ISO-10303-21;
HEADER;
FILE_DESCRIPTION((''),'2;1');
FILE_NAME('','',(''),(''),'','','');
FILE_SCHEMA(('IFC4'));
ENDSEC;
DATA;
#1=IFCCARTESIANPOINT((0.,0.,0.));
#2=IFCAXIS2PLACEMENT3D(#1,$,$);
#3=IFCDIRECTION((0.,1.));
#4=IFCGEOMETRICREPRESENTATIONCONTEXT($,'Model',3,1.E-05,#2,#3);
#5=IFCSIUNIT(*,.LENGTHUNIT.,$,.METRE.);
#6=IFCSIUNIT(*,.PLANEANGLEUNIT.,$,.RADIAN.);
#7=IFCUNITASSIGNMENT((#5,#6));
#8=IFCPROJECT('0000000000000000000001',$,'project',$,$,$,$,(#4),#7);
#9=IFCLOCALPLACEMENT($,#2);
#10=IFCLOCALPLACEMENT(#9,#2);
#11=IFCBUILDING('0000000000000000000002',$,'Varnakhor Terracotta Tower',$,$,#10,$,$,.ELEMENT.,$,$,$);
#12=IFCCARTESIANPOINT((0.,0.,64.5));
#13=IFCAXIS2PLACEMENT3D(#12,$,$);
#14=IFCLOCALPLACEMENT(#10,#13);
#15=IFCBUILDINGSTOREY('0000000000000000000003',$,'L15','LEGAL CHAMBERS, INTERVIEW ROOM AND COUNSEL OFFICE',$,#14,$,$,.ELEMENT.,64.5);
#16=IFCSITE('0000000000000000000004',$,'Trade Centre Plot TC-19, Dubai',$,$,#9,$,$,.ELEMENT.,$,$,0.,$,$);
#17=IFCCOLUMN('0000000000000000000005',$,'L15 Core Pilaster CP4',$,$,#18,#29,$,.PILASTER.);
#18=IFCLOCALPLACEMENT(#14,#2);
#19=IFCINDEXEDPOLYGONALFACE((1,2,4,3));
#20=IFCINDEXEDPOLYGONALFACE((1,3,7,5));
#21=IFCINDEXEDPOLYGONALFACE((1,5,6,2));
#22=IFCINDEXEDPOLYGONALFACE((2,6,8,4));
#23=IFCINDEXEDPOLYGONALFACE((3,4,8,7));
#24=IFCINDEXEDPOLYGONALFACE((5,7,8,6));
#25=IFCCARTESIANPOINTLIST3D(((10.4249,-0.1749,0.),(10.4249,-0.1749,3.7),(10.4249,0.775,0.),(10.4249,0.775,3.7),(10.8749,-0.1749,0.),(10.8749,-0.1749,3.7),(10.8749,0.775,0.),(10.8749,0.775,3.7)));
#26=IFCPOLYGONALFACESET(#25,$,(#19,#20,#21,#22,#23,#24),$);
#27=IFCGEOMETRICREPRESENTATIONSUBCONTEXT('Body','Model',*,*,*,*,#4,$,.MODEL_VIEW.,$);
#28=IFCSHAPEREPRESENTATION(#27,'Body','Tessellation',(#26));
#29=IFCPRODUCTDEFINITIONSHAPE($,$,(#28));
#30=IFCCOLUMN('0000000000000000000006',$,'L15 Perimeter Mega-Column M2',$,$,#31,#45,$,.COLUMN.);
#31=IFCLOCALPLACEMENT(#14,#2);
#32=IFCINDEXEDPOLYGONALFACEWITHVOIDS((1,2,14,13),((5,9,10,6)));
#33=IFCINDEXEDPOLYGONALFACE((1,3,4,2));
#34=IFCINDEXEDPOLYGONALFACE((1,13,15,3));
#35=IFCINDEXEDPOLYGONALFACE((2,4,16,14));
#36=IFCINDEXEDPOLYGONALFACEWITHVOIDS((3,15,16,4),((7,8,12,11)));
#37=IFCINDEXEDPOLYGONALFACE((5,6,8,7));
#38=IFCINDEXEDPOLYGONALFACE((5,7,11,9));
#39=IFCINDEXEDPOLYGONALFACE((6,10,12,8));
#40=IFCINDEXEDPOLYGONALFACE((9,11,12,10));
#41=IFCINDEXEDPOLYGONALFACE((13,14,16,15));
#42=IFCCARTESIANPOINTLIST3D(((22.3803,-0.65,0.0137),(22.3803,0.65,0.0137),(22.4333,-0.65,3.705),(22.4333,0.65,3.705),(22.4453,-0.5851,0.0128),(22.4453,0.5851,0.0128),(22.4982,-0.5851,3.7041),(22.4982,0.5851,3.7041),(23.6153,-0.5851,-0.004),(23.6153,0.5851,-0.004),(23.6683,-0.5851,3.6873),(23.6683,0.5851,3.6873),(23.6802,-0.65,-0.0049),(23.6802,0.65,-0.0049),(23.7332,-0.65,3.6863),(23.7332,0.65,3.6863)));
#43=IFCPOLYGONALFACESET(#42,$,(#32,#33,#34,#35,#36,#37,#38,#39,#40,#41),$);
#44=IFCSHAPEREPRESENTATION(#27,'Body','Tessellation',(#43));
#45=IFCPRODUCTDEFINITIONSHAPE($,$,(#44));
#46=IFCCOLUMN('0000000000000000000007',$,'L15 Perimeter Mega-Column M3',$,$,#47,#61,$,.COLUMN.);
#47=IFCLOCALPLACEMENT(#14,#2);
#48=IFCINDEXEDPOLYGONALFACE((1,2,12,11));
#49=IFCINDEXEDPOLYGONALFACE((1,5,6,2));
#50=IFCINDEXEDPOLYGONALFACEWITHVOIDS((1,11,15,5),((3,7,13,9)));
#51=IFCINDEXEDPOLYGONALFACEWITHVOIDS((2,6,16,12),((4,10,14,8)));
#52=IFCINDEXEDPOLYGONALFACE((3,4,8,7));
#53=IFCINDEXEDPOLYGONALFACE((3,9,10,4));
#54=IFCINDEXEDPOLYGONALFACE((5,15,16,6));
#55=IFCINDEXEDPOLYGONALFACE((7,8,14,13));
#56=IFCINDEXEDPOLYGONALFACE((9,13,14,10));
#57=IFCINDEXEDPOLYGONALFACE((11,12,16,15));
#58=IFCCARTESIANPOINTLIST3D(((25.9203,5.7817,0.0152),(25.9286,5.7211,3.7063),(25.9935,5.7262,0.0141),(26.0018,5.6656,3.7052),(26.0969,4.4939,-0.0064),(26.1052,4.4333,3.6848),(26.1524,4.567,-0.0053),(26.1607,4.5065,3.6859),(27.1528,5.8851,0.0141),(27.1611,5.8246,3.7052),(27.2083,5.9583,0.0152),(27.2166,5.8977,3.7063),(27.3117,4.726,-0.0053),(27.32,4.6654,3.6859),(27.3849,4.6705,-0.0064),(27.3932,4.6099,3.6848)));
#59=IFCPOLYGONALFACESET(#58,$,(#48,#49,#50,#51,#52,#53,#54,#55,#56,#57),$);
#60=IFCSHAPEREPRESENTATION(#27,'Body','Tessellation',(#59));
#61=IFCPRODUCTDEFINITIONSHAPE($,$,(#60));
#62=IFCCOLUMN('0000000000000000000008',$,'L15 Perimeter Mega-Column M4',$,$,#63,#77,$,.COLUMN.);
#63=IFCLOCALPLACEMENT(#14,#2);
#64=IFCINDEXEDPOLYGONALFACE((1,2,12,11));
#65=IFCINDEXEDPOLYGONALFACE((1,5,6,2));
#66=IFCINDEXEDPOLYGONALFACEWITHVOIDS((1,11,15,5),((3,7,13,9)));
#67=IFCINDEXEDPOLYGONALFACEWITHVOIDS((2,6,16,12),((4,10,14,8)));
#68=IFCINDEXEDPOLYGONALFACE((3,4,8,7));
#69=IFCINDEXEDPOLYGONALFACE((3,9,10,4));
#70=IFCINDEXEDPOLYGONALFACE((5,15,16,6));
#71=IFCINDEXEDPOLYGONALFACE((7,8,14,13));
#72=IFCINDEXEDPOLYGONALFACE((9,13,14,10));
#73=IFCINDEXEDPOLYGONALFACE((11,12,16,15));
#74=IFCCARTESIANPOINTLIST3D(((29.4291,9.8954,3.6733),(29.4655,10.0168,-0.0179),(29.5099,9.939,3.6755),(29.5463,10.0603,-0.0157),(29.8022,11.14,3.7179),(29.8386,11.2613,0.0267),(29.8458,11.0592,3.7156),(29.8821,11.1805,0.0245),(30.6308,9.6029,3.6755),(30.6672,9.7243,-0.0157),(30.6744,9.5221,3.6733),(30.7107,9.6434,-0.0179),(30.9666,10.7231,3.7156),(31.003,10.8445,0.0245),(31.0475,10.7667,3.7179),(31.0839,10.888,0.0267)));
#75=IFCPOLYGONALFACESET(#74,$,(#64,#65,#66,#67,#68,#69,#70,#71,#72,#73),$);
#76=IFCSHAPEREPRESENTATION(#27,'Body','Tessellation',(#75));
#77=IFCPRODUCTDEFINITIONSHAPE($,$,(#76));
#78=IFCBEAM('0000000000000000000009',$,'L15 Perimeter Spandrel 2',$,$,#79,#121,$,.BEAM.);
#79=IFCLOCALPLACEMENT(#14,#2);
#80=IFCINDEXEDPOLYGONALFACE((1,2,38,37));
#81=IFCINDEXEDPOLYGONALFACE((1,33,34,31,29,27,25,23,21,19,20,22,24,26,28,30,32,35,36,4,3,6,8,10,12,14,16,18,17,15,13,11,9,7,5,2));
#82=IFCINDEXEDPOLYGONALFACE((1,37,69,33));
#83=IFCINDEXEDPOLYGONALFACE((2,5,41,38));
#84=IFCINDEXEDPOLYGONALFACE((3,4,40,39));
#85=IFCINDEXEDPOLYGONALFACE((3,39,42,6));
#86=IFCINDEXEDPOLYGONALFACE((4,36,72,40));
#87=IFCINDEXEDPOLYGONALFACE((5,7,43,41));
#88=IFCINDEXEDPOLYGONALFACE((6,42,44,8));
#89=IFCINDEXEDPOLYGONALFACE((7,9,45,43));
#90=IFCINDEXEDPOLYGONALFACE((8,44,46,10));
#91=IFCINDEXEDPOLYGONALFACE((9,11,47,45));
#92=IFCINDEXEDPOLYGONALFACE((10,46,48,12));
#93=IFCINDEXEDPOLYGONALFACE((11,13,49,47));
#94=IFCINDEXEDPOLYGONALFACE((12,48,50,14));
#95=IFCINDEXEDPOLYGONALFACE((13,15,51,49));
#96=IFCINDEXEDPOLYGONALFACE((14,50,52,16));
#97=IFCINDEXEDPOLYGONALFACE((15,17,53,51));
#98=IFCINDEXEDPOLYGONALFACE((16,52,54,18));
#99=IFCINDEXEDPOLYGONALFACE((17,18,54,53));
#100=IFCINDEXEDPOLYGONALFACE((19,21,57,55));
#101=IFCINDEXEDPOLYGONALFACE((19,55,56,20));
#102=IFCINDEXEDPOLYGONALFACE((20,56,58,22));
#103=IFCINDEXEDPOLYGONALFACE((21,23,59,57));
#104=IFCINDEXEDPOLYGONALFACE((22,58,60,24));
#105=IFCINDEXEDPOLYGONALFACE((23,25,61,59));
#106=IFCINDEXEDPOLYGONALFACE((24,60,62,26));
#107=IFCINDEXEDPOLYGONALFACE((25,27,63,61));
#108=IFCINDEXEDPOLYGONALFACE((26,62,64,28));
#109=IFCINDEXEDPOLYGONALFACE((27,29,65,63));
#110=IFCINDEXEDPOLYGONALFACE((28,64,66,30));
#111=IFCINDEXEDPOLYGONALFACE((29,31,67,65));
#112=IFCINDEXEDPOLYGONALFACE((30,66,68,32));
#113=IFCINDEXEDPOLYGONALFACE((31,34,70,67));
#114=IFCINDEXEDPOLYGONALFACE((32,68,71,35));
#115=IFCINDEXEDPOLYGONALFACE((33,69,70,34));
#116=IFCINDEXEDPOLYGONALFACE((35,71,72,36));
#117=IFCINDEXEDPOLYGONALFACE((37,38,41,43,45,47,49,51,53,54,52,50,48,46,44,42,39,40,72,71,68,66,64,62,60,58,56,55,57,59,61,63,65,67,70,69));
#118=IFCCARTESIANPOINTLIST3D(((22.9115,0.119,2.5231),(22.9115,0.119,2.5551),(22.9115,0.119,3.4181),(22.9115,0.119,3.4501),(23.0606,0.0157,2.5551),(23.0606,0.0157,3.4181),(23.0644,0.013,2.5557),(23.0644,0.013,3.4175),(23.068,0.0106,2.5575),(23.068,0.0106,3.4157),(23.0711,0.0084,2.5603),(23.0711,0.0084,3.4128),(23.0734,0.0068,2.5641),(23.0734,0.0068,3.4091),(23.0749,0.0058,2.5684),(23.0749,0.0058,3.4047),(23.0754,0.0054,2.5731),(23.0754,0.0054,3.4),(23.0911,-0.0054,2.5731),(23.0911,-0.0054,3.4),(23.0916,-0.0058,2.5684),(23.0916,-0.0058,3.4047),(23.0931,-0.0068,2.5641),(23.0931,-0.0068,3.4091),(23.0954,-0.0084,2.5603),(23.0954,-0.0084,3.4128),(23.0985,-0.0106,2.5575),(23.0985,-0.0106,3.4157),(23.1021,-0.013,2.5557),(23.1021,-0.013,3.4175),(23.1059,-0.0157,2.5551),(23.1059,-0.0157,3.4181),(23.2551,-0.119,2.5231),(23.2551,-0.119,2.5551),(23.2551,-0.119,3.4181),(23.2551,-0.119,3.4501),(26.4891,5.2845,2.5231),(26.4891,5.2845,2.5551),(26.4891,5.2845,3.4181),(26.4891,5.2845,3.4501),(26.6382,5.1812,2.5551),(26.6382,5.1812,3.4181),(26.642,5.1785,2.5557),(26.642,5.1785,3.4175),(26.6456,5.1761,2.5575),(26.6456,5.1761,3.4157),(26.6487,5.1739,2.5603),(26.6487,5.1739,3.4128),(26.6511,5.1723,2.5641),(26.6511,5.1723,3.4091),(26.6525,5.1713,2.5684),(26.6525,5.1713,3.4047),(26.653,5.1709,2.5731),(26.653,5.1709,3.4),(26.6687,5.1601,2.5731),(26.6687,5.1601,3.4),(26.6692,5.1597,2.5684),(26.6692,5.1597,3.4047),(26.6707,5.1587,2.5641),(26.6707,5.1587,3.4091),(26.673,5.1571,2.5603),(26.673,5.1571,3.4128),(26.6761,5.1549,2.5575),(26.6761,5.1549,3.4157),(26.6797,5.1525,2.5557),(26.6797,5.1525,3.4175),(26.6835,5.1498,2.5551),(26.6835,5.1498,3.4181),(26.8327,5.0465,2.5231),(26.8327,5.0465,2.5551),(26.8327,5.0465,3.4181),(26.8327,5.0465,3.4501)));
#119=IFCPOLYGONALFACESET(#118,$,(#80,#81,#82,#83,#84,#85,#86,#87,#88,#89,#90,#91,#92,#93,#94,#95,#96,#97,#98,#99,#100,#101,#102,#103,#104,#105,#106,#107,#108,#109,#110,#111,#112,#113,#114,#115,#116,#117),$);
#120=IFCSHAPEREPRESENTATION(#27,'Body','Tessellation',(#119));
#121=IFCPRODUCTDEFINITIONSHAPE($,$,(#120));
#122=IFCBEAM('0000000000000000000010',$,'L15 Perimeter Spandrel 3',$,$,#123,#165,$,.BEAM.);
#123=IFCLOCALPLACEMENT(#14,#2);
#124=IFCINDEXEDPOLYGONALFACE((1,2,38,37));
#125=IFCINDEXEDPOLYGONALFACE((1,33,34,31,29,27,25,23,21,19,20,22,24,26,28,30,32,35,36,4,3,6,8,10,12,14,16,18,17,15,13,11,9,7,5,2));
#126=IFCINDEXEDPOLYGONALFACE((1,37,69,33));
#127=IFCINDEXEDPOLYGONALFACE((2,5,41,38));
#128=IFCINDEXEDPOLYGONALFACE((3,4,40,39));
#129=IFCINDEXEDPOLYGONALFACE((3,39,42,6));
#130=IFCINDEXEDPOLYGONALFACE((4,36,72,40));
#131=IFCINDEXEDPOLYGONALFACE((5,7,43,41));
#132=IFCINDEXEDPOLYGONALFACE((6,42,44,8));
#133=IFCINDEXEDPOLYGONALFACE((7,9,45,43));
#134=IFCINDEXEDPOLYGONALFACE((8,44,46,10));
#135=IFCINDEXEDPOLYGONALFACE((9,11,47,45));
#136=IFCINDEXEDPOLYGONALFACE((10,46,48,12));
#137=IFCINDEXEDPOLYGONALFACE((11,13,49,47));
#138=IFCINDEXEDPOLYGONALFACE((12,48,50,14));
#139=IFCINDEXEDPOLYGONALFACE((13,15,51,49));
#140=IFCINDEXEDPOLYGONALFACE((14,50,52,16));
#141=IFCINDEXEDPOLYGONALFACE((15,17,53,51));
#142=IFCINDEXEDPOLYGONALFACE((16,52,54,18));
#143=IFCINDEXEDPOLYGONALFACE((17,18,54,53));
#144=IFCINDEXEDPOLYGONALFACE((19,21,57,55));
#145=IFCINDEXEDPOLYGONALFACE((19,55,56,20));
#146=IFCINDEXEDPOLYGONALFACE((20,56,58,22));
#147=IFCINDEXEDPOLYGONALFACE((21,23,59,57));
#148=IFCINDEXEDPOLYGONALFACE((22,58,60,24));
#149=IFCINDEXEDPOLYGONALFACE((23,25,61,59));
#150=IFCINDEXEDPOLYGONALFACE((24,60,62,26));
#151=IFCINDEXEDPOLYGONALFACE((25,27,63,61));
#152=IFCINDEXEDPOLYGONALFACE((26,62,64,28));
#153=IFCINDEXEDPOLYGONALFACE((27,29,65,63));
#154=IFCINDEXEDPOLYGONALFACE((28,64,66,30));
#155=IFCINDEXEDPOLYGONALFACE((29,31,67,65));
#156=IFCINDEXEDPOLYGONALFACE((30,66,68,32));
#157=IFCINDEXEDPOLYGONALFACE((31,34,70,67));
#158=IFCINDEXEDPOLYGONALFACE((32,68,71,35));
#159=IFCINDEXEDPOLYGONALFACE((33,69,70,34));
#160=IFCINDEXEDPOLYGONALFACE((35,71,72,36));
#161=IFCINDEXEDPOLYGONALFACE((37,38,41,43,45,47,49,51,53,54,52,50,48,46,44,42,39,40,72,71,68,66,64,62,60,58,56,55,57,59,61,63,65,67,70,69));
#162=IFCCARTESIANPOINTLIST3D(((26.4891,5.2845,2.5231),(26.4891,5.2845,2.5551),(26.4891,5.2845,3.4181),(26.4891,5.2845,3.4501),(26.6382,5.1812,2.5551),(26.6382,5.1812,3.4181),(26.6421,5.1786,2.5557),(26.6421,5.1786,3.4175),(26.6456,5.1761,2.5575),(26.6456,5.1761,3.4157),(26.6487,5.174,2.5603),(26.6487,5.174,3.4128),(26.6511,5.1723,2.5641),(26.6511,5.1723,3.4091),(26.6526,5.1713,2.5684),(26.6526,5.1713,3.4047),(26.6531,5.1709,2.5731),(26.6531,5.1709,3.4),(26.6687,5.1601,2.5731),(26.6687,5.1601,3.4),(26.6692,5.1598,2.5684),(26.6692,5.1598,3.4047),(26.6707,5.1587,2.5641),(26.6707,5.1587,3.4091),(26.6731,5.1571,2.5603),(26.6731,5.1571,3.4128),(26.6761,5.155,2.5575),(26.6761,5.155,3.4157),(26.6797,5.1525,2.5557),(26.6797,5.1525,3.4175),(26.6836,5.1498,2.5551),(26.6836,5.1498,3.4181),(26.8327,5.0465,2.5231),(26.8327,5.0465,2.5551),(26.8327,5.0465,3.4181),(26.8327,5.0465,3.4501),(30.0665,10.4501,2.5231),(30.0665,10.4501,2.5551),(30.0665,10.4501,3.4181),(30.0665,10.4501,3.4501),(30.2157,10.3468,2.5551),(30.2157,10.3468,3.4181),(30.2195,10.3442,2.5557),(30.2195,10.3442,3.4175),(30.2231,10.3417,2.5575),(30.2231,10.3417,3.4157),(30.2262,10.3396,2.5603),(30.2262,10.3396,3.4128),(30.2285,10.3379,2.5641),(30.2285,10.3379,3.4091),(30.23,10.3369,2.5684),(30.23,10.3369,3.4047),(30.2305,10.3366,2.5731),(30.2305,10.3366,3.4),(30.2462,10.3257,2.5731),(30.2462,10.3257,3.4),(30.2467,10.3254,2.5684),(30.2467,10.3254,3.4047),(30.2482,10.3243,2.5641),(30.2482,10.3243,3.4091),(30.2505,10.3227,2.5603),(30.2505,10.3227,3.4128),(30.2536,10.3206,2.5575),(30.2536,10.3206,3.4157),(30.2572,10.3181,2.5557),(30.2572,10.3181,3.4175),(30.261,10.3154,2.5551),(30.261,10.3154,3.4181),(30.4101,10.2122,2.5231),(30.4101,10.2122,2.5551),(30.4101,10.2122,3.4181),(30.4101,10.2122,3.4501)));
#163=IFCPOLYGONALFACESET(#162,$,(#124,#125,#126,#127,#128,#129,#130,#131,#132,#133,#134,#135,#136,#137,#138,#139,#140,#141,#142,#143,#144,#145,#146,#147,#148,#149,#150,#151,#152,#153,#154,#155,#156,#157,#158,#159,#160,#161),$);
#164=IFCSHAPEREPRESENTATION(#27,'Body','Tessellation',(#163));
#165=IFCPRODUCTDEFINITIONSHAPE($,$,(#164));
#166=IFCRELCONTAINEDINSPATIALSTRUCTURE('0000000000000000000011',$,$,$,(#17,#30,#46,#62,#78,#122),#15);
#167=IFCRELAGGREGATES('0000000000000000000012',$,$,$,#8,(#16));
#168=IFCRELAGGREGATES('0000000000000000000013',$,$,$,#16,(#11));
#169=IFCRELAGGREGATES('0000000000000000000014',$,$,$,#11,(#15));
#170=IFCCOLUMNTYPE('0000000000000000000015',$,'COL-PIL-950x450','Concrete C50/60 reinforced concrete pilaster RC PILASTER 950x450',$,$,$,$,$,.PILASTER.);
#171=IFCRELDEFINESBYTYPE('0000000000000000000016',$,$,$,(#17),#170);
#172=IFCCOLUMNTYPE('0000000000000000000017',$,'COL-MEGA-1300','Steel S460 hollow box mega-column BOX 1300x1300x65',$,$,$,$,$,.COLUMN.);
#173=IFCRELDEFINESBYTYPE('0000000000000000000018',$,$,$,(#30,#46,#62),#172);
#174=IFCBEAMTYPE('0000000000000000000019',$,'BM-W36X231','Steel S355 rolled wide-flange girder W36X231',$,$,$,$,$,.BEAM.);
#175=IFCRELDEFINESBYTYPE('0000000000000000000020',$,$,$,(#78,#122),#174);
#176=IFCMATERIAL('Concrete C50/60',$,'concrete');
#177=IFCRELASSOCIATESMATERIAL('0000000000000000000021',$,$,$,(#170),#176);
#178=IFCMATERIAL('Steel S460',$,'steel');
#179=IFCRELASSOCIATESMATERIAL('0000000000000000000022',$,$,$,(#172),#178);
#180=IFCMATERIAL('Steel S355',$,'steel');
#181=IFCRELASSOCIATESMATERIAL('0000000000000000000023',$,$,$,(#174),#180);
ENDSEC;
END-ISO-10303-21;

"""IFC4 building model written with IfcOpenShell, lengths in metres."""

from ifc_helpers import new_model, si_unit, direction, frame, origin, origin_2d, place, context, subcontext, project, spatial, rectangle, hollow_rectangle, i_section, extrude, source, transform, mapped, material, material_profile, profile_set, type_object, element, save


model = new_model("IFC4")

# Units and contexts
model_context = context("Model", 3, precision=1e-05, world=origin(), true_north=direction((0.0, 1.0)))
body_context = subcontext(model_context, "Body", "Model", "MODEL_VIEW")
ifc_project = project(units=[si_unit("LENGTHUNIT", "METRE"), si_unit("PLANEANGLEUNIT", "RADIAN")], contexts=[model_context])

# Site, building, storey
site_placement = place(None, origin())
site = spatial("IfcSite", under=ifc_project, at=site_placement, Name="Trade Centre Plot TC-19, Dubai", CompositionType="ELEMENT", RefElevation=0.0)
building_placement = place(site_placement, origin())
building = spatial("IfcBuilding", under=site, at=building_placement, Name="Varnakhor Terracotta Tower", CompositionType="ELEMENT")
storey_placement = place(building_placement, frame((0.0, 0.0, 64.5)))
storey = spatial("IfcBuildingStorey", under=building, at=storey_placement, Name="L15", Description="LEGAL CHAMBERS, INTERVIEW ROOM AND COUNSEL OFFICE", CompositionType="ELEMENT", Elevation=64.5)

# Columns
ifc_material_1 = material(Name="Concrete C50/60", Category="concrete")
ifc_material_profile_1 = material_profile(ifc_material_1, rectangle(XDim=0.45, YDim=0.95, at=origin_2d()), Name="RC PILASTER 950x450")
ifc_profile_set_1 = profile_set([ifc_material_profile_1], Name="Concrete C50/60")
column_type_1 = type_object("IfcColumnType", Name="COL-PIL-950x450", Description="Concrete C50/60 reinforced concrete pilaster RC PILASTER 950x450", PredefinedType="PILASTER", material=ifc_profile_set_1)
shared_shape_1 = source(origin(), body_context, "Body", "SweptSolid", [
    extrude(rectangle(XDim=0.45, YDim=0.95, at=origin_2d()), origin(), (0.0, 0.0, 1.0), 3.7),
])
column_1_placement = place(storey_placement, frame((10.6499, 0.3, 0.0), z_axis=(0.0, 0.0, 1.0), x_axis=(1.0, 0.0, 0.0)))
element("IfcColumn", 1, at=column_1_placement, inside=storey, type_object=column_type_1, Name="L15 Core Pilaster CP4", PredefinedType="PILASTER", context=body_context, shape_type="MappedRepresentation", body=[
    mapped(shared_shape_1, transform((0.0, 0.0, 0.0), scale=1.0)),
])
ifc_material_2 = material(Name="Steel S460", Category="steel")
ifc_material_profile_2 = material_profile(ifc_material_2, hollow_rectangle(XDim=1.3, YDim=1.3, WallThickness=0.0649, at=origin_2d()), Name="BOX 1300x1300x65")
ifc_profile_set_2 = profile_set([ifc_material_profile_2], Name="Steel S460")
column_type_2 = type_object("IfcColumnType", Name="COL-MEGA-1300", Description="Steel S460 hollow box mega-column BOX 1300x1300x65", PredefinedType="COLUMN", material=ifc_profile_set_2)
shared_shape_2 = source(origin(), body_context, "Body", "SweptSolid", [
    extrude(hollow_rectangle(XDim=1.3, YDim=1.3, WallThickness=0.0649, at=origin_2d()), origin(), (0.0, 0.0, 1.0), 3.6917),
])
for number, where, z_axis, x_axis, name in (
    (2, (23.0303, 0.0, 0.0044), (0.014351, 0.0, 0.999897), (0.0, 1.0, 0.0), "L15 Perimeter Mega-Column M2"),
    (3, (26.6526, 5.2261, 0.0044), (0.002249, -0.016401, 0.999863), (0.990733, 0.135826, 0.0), "L15 Perimeter Mega-Column M3"),
):
    element("IfcColumn", number, at=place(storey_placement, frame(where, z_axis=z_axis, x_axis=x_axis)), inside=storey, type_object=column_type_2, Name=name, PredefinedType="COLUMN", context=body_context, shape_type="MappedRepresentation", body=[
        mapped(shared_shape_2, transform((0.0, 0.0, 0.0), scale=1.0)),
    ])
shared_shape_3 = source(origin(), body_context, "Body", "SweptSolid", [
    extrude(hollow_rectangle(XDim=1.3, YDim=1.3, WallThickness=0.0649, at=origin_2d()), origin(), (0.0, 0.0, 1.0), 3.6934),
])
column_2_placement = place(storey_placement, frame((30.2747, 10.4524, 0.0044), z_axis=(-0.009849, -0.032853, 0.999412), x_axis=(0.957879, -0.287171, 0.0)))
element("IfcColumn", 4, at=column_2_placement, inside=storey, type_object=column_type_2, Name="L15 Perimeter Mega-Column M4", PredefinedType="COLUMN", context=body_context, shape_type="MappedRepresentation", body=[
    mapped(shared_shape_3, transform((0.0, 0.0, 0.0), scale=1.0)),
])

# Beams
ifc_material_3 = material(Name="Steel S355", Category="steel")
ifc_material_profile_3 = material_profile(ifc_material_3, i_section(OverallWidth=0.418, OverallDepth=0.927, WebThickness=0.019, FlangeThickness=0.032, FilletRadius=0.0181, at=origin_2d()), Name="W36X231")
ifc_profile_set_3 = profile_set([ifc_material_profile_3], Name="Steel S355")
beam_type_1 = type_object("IfcBeamType", Name="BM-W36X231", Description="Steel S355 rolled wide-flange girder W36X231", PredefinedType="BEAM", material=ifc_profile_set_3)
shared_shape_4 = source(origin(), body_context, "Body", "SweptSolid", [
    extrude(i_section(OverallWidth=0.418, OverallDepth=0.927, WebThickness=0.019, FlangeThickness=0.032, FilletRadius=0.0181, at=origin_2d()), origin(), (0.0, 0.0, 1.0), 6.2834),
])
for number, where, z_axis, x_axis, name in (
    (5, (23.0833, 0.0, 2.9866), (0.569372, 0.82208, 0.0), (-0.82208, 0.569372, 0.0), "L15 Perimeter Spandrel 2"),
    (6, (26.6609, 5.1655, 2.9866), (0.569345, 0.822098, 0.0), (-0.822098, 0.569345, 0.0), "L15 Perimeter Spandrel 3"),
):
    element("IfcBeam", number, at=place(storey_placement, frame(where, z_axis=z_axis, x_axis=x_axis)), inside=storey, type_object=beam_type_1, Name=name, PredefinedType="BEAM", context=body_context, shape_type="MappedRepresentation", body=[
        mapped(shared_shape_4, transform((0.0, 0.0, 0.0), scale=1.0)),
    ])

save(model, "model.ifc")
